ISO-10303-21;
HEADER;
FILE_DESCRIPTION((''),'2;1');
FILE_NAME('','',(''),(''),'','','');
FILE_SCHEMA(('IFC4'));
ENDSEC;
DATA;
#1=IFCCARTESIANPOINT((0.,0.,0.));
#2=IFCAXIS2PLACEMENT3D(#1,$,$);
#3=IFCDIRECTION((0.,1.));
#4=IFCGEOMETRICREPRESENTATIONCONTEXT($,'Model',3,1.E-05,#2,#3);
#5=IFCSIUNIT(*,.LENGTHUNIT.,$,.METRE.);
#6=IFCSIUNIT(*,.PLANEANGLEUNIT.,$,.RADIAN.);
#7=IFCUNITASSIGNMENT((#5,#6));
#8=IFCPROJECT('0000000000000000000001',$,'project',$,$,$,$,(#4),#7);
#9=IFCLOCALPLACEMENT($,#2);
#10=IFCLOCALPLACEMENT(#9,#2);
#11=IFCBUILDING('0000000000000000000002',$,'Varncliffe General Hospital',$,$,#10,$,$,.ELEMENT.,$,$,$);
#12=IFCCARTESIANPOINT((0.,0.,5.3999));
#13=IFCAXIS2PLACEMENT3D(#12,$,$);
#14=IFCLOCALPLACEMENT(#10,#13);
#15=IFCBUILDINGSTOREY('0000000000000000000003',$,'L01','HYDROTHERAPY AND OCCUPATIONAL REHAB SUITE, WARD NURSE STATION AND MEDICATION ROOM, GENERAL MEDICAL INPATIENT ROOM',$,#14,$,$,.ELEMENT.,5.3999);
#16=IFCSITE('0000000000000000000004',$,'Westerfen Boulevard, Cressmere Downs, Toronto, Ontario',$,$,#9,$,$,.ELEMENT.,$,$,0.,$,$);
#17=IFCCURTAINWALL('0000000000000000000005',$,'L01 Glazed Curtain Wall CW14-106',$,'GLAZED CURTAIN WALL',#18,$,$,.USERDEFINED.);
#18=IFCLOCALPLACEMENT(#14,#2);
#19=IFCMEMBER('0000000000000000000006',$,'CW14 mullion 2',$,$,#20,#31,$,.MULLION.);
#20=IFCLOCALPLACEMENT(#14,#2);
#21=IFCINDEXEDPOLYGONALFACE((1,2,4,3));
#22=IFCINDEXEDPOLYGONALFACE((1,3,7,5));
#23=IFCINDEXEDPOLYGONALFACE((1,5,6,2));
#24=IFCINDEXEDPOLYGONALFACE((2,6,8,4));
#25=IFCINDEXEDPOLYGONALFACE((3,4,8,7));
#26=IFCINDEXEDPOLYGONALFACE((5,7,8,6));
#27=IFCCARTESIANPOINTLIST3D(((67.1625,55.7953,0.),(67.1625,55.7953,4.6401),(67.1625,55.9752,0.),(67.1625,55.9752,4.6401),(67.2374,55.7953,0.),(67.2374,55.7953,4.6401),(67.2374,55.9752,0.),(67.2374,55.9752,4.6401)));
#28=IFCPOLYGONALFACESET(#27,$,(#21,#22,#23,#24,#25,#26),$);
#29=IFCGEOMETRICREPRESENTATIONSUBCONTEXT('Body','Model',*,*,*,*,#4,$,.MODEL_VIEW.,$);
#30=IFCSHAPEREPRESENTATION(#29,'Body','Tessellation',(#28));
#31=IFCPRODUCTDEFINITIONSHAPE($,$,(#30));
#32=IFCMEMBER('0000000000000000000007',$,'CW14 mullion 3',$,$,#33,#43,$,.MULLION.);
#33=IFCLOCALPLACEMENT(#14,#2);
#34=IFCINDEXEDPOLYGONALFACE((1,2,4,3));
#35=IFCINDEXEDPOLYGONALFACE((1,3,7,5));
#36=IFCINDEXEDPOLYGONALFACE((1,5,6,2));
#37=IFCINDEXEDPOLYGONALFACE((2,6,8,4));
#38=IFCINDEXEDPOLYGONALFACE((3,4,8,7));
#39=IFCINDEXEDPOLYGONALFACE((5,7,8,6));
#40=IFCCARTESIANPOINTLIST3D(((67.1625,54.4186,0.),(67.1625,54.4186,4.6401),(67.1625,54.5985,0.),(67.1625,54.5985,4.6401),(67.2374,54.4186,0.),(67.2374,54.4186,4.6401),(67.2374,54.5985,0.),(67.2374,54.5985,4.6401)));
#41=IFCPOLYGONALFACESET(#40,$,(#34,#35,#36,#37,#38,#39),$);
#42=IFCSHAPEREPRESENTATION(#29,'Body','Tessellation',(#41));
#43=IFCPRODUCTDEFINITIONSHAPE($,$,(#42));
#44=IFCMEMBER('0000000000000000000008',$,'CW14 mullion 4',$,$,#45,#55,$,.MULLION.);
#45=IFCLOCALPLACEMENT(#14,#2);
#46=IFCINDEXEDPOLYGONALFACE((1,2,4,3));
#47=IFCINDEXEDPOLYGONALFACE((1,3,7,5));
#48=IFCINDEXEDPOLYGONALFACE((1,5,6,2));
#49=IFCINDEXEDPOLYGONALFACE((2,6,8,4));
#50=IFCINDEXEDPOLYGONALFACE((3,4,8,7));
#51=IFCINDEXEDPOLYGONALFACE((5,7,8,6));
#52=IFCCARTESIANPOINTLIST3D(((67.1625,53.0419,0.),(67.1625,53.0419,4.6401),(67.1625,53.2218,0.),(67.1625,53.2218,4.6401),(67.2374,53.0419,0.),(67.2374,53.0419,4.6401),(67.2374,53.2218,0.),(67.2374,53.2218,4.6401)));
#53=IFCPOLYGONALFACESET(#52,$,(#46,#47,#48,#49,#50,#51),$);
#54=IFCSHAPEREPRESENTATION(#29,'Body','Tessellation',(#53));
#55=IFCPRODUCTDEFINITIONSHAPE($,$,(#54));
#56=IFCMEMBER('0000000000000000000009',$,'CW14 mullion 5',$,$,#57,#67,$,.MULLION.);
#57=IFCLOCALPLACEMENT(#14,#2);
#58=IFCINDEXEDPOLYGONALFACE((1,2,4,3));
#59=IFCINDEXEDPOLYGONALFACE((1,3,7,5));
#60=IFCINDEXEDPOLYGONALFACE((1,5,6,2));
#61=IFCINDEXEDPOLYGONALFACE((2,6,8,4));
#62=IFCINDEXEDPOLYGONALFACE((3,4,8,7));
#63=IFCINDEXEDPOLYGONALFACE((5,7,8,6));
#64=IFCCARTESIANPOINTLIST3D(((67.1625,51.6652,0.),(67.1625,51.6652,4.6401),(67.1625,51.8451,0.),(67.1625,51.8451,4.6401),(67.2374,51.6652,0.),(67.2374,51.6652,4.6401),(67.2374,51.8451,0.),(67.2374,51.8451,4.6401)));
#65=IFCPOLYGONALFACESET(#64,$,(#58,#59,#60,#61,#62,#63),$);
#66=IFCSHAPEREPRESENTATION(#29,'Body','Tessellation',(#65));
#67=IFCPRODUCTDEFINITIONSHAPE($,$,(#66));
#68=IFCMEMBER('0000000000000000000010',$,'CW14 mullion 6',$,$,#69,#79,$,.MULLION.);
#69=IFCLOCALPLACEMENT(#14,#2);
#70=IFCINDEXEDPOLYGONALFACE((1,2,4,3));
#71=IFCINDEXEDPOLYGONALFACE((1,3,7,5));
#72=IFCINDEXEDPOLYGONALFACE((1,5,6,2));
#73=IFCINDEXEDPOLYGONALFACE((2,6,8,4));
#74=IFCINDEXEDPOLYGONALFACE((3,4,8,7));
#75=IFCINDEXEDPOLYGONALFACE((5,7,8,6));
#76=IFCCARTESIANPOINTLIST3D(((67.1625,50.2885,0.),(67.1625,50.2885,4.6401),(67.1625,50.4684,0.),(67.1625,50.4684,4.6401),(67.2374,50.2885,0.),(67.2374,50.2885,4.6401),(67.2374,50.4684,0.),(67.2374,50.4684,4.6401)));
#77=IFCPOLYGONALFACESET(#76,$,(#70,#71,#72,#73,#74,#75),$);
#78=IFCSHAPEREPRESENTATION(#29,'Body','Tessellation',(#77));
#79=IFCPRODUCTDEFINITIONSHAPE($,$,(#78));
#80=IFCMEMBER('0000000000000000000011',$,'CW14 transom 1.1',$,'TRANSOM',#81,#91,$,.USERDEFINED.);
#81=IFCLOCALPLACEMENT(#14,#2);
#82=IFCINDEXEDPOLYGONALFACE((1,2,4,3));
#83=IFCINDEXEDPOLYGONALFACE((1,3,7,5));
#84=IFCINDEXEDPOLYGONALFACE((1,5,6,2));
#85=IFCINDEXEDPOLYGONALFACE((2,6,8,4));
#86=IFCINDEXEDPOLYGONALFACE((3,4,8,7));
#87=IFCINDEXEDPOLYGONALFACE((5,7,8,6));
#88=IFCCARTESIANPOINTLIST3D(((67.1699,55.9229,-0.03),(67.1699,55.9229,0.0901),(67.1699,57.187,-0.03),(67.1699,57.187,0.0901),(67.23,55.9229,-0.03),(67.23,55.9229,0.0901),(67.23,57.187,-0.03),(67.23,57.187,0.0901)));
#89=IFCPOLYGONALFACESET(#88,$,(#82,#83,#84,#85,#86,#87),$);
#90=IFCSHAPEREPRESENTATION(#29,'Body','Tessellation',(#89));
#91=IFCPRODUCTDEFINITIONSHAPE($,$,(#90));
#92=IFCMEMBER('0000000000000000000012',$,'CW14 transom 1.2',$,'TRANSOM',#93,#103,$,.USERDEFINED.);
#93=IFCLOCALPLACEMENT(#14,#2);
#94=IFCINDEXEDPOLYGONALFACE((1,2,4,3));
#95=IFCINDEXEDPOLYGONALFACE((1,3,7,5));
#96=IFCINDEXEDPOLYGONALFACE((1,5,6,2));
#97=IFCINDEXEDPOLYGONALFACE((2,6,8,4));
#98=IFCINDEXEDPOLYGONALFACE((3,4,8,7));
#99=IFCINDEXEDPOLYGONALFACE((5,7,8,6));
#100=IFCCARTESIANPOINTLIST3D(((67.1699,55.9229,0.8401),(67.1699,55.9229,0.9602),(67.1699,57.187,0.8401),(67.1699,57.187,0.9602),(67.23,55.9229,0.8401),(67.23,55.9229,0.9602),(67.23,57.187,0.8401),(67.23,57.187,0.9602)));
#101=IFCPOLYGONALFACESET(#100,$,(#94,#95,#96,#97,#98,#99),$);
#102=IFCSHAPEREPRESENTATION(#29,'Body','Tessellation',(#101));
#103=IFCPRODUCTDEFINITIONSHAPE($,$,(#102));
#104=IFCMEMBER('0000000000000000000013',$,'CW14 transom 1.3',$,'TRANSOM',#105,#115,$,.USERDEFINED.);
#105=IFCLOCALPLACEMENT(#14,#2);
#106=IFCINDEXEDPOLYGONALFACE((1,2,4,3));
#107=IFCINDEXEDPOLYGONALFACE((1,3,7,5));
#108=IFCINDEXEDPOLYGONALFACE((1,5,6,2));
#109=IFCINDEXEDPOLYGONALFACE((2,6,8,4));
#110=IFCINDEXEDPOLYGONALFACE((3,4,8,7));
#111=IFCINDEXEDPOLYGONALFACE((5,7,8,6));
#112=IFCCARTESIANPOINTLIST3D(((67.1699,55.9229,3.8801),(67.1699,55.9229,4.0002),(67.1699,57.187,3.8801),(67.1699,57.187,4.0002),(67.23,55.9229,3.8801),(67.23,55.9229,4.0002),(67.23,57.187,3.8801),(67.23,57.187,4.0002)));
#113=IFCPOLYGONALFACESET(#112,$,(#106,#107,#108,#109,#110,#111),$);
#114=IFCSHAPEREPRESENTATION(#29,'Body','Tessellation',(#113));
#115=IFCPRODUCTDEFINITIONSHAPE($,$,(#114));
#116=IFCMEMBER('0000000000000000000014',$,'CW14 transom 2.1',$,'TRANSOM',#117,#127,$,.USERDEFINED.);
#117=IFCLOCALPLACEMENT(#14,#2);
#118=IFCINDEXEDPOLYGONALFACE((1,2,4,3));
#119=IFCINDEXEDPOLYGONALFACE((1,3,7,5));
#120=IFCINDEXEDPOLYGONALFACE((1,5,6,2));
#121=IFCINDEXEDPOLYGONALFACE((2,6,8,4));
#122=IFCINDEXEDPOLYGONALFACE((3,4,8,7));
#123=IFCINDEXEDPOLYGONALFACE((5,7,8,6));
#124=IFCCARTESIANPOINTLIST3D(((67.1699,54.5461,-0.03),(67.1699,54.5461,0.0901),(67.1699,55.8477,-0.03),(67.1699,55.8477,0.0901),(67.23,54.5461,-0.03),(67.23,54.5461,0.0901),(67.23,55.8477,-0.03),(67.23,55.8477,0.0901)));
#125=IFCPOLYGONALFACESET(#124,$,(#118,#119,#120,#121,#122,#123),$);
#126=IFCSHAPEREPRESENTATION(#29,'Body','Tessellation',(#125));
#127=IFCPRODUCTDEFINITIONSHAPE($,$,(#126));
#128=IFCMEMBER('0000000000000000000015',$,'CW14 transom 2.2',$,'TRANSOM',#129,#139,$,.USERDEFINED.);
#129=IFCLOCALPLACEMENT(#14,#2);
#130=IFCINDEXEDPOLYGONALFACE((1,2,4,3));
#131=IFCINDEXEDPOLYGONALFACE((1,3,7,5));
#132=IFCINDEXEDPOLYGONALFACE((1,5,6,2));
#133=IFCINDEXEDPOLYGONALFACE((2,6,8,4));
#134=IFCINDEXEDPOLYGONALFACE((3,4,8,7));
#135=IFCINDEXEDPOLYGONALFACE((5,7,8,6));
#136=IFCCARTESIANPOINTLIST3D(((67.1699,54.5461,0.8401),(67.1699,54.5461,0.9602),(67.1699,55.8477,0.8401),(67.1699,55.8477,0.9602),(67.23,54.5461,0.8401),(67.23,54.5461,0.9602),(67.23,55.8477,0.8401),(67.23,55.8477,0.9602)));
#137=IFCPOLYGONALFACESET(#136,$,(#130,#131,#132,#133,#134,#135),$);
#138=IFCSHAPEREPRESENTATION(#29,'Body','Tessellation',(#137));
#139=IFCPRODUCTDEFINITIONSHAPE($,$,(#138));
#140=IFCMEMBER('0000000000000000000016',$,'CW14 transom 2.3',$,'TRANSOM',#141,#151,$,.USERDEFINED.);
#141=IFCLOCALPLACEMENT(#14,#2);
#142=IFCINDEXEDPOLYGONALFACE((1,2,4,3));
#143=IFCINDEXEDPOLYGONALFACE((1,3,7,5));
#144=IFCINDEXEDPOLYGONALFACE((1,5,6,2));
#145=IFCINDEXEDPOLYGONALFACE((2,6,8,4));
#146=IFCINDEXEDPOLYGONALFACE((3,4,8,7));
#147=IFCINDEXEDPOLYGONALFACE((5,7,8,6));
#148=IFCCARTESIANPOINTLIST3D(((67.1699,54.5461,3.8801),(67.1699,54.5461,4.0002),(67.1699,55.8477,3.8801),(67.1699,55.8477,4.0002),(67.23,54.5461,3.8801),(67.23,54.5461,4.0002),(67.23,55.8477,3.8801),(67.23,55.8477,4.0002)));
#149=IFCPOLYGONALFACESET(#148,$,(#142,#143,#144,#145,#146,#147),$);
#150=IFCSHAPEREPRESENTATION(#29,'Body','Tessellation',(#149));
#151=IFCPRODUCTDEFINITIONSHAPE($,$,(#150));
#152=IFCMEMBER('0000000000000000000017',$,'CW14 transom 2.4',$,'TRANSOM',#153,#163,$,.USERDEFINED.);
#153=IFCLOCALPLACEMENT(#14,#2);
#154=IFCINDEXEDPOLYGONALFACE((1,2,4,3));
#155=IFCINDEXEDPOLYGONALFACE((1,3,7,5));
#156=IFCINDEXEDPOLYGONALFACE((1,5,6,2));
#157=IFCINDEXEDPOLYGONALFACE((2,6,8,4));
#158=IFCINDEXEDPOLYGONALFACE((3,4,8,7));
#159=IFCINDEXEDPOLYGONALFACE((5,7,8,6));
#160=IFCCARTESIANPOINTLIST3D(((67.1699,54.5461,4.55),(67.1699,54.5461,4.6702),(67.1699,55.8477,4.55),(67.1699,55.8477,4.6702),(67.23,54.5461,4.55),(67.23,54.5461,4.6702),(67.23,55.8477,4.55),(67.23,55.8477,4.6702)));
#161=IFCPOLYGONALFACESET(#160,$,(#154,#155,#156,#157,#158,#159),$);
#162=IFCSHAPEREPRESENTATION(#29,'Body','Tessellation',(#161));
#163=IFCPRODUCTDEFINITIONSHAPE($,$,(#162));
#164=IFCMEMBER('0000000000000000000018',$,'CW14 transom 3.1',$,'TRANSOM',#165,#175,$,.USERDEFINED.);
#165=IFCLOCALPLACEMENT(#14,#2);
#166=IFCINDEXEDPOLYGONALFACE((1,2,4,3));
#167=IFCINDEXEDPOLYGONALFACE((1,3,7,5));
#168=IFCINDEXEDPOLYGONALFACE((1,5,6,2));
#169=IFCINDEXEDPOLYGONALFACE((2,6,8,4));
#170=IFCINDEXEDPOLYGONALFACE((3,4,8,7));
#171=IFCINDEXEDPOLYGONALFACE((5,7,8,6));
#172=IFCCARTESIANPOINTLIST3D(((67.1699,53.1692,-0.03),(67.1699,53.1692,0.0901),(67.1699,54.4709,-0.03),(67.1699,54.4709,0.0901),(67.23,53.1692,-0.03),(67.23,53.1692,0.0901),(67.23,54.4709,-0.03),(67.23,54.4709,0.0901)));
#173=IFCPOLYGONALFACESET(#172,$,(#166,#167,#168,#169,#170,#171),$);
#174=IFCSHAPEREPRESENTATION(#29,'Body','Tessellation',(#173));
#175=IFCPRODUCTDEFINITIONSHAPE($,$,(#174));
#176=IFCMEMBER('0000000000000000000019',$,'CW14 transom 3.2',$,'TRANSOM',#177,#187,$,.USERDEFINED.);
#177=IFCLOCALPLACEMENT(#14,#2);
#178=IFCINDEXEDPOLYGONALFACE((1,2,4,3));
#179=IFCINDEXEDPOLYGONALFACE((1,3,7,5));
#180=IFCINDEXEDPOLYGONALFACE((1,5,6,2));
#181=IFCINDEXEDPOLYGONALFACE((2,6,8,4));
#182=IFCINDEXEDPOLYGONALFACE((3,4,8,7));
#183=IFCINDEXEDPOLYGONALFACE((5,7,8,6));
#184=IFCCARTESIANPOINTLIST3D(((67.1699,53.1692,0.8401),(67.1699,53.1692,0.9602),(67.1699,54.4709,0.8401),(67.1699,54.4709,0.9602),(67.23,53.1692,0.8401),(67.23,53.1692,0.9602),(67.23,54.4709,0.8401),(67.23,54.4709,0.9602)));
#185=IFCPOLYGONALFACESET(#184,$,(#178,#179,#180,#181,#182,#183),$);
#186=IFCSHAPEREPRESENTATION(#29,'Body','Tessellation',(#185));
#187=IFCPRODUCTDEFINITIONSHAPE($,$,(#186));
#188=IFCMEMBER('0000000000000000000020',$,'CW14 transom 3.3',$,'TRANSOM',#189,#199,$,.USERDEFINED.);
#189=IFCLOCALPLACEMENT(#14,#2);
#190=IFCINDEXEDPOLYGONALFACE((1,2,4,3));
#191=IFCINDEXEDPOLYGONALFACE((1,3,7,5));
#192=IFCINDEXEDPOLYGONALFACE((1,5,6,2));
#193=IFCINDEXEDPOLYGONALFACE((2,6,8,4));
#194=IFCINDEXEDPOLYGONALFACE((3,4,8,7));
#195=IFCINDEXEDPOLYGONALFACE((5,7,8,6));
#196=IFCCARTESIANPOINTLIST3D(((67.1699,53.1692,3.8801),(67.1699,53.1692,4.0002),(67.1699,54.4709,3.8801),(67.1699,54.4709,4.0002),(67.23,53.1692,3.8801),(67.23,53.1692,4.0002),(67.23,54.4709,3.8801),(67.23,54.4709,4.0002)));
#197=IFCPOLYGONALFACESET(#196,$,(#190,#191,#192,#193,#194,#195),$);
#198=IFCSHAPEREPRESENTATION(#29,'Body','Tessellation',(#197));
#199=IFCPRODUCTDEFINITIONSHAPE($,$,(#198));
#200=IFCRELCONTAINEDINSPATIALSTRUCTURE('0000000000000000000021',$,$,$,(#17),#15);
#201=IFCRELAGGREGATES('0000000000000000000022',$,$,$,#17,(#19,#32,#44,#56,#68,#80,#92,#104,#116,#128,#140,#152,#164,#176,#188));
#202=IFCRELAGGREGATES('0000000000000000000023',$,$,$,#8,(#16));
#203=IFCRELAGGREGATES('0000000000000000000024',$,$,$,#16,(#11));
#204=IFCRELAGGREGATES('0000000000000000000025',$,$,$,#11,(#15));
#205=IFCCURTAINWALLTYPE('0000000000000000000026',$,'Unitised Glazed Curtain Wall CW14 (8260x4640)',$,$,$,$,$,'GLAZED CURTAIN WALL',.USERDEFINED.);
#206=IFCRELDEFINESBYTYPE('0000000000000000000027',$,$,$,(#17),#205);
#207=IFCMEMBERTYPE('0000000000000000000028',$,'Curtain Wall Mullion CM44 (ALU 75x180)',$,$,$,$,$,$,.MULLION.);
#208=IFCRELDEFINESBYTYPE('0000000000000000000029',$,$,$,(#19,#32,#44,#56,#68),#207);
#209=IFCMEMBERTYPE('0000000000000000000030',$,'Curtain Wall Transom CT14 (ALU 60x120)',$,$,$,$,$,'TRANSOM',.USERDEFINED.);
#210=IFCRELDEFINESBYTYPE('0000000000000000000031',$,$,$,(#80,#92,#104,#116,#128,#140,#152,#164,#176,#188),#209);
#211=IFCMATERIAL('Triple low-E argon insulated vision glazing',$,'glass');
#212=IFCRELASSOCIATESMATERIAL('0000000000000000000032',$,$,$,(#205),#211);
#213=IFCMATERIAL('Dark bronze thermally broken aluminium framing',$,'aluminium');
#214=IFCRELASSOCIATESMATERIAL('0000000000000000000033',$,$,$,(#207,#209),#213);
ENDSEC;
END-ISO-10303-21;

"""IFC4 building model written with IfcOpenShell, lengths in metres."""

from ifc_helpers import new_model, si_unit, direction, frame, origin, origin_2d, place, context, subcontext, project, spatial, rectangle, extrude, material, material_profile, profile_set, type_object, element, aggregate, save


model = new_model("IFC4")

# Units and contexts
model_context = context("Model", 3, precision=1e-05, world=origin(), true_north=direction((0.0, 1.0)))
body_context = subcontext(model_context, "Body", "Model", "MODEL_VIEW")
ifc_project = project(units=[si_unit("LENGTHUNIT", "METRE"), si_unit("PLANEANGLEUNIT", "RADIAN")], contexts=[model_context])

# Site, building, storey
site_placement = place(None, origin())
site = spatial("IfcSite", under=ifc_project, at=site_placement, Name="Westerfen Boulevard, Cressmere Downs, Toronto, Ontario", CompositionType="ELEMENT", RefElevation=0.0)
building_placement = place(site_placement, origin())
building = spatial("IfcBuilding", under=site, at=building_placement, Name="Varncliffe General Hospital", CompositionType="ELEMENT")
storey_placement = place(building_placement, frame((0.0, 0.0, 5.3999)))
storey = spatial("IfcBuildingStorey", under=building, at=storey_placement, Name="L01", Description="HYDROTHERAPY AND OCCUPATIONAL REHAB SUITE, WARD NURSE STATION AND MEDICATION ROOM, GENERAL MEDICAL INPATIENT ROOM", CompositionType="ELEMENT", Elevation=5.3999)

# Curtain wall, members
ifc_material_1 = material(Name="Triple low-E argon insulated vision glazing", Category="glass")
curtain_wall_type = type_object("IfcCurtainWallType", Name="Unitised Glazed Curtain Wall CW14 (8260x4640)", ElementType="GLAZED CURTAIN WALL", PredefinedType="USERDEFINED", material=ifc_material_1)
curtain_wall_placement = place(storey_placement, origin())
curtain_wall = element("IfcCurtainWall", 1, at=curtain_wall_placement, inside=storey, type_object=curtain_wall_type, Name="L01 Glazed Curtain Wall CW14-106", ObjectType="GLAZED CURTAIN WALL", PredefinedType="USERDEFINED")
ifc_material_2 = material(Name="Dark bronze thermally broken aluminium framing", Category="aluminium")
ifc_material_profile_1 = material_profile(ifc_material_2, rectangle(XDim=0.075, YDim=0.1799, at=origin_2d()), Name="ALU 75x180")
ifc_profile_set_1 = profile_set([ifc_material_profile_1], Name="Dark bronze thermally broken aluminium framing")
member_type_1 = type_object("IfcMemberType", Name="Curtain Wall Mullion CM44 (ALU 75x180)", PredefinedType="MULLION", material=ifc_profile_set_1)
member_1_placement = place(storey_placement, frame((67.2, 55.8853, 0.0), z_axis=(0.0, 0.0, 1.0), x_axis=(1.0, 0.0, 0.0)))
member_1 = element("IfcMember", 2, at=member_1_placement, type_object=member_type_1, Name="CW14 mullion 2", PredefinedType="MULLION", context=body_context, shape_type="SweptSolid", body=[
    extrude(rectangle(XDim=0.075, YDim=0.1799, at=origin_2d()), origin(), (0.0, 0.0, 1.0), 4.6401),
])
member_2_placement = place(storey_placement, frame((67.2, 54.5085, 0.0), z_axis=(0.0, 0.0, 1.0), x_axis=(1.0, 0.0, 0.0)))
member_2 = element("IfcMember", 3, at=member_2_placement, type_object=member_type_1, Name="CW14 mullion 3", PredefinedType="MULLION", context=body_context, shape_type="SweptSolid", body=[
    extrude(rectangle(XDim=0.075, YDim=0.1799, at=origin_2d()), origin(), (0.0, 0.0, 1.0), 4.6401),
])
member_3_placement = place(storey_placement, frame((67.2, 53.1318, 0.0), z_axis=(0.0, 0.0, 1.0), x_axis=(1.0, 0.0, 0.0)))
member_3 = element("IfcMember", 4, at=member_3_placement, type_object=member_type_1, Name="CW14 mullion 4", PredefinedType="MULLION", context=body_context, shape_type="SweptSolid", body=[
    extrude(rectangle(XDim=0.075, YDim=0.1799, at=origin_2d()), origin(), (0.0, 0.0, 1.0), 4.6401),
])
member_4_placement = place(storey_placement, frame((67.2, 51.7551, 0.0), z_axis=(0.0, 0.0, 1.0), x_axis=(1.0, 0.0, 0.0)))
member_4 = element("IfcMember", 5, at=member_4_placement, type_object=member_type_1, Name="CW14 mullion 5", PredefinedType="MULLION", context=body_context, shape_type="SweptSolid", body=[
    extrude(rectangle(XDim=0.075, YDim=0.1799, at=origin_2d()), origin(), (0.0, 0.0, 1.0), 4.6401),
])
member_5_placement = place(storey_placement, frame((67.2, 50.3784, 0.0), z_axis=(0.0, 0.0, 1.0), x_axis=(1.0, 0.0, 0.0)))
member_5 = element("IfcMember", 6, at=member_5_placement, type_object=member_type_1, Name="CW14 mullion 6", PredefinedType="MULLION", context=body_context, shape_type="SweptSolid", body=[
    extrude(rectangle(XDim=0.075, YDim=0.1799, at=origin_2d()), origin(), (0.0, 0.0, 1.0), 4.6401),
])
ifc_material_profile_2 = material_profile(ifc_material_2, rectangle(XDim=0.0601, YDim=0.1201, at=origin_2d()), Name="ALU 60x120")
ifc_profile_set_2 = profile_set([ifc_material_profile_2], Name="Dark bronze thermally broken aluminium framing")
member_type_2 = type_object("IfcMemberType", Name="Curtain Wall Transom CT14 (ALU 60x120)", ElementType="TRANSOM", PredefinedType="USERDEFINED", material=ifc_profile_set_2)
member_6_placement = place(storey_placement, frame((67.2, 57.187, 0.03), z_axis=(0.0, -1.0, 0.0), x_axis=(1.0, 0.0, 0.0)))
member_6 = element("IfcMember", 7, at=member_6_placement, type_object=member_type_2, Name="CW14 transom 1.1", ObjectType="TRANSOM", PredefinedType="USERDEFINED", context=body_context, shape_type="SweptSolid", body=[
    extrude(rectangle(XDim=0.0601, YDim=0.1201, at=origin_2d()), origin(), (0.0, 0.0, 1.0), 1.2642),
])
member_7_placement = place(storey_placement, frame((67.2, 57.187, 0.9001), z_axis=(0.0, -1.0, 0.0), x_axis=(1.0, 0.0, 0.0)))
member_7 = element("IfcMember", 8, at=member_7_placement, type_object=member_type_2, Name="CW14 transom 1.2", ObjectType="TRANSOM", PredefinedType="USERDEFINED", context=body_context, shape_type="SweptSolid", body=[
    extrude(rectangle(XDim=0.0601, YDim=0.1201, at=origin_2d()), origin(), (0.0, 0.0, 1.0), 1.2642),
])
member_8_placement = place(storey_placement, frame((67.2, 57.187, 3.9402), z_axis=(0.0, -1.0, 0.0), x_axis=(1.0, 0.0, 0.0)))
member_8 = element("IfcMember", 9, at=member_8_placement, type_object=member_type_2, Name="CW14 transom 1.3", ObjectType="TRANSOM", PredefinedType="USERDEFINED", context=body_context, shape_type="SweptSolid", body=[
    extrude(rectangle(XDim=0.0601, YDim=0.1201, at=origin_2d()), origin(), (0.0, 0.0, 1.0), 1.2642),
])
member_9_placement = place(storey_placement, frame((67.2, 55.8477, 0.03), z_axis=(0.0, -1.0, 0.0), x_axis=(1.0, 0.0, 0.0)))
member_9 = element("IfcMember", 10, at=member_9_placement, type_object=member_type_2, Name="CW14 transom 2.1", ObjectType="TRANSOM", PredefinedType="USERDEFINED", context=body_context, shape_type="SweptSolid", body=[
    extrude(rectangle(XDim=0.0601, YDim=0.1201, at=origin_2d()), origin(), (0.0, 0.0, 1.0), 1.3015),
])
member_10_placement = place(storey_placement, frame((67.2, 55.8477, 0.9001), z_axis=(0.0, -1.0, 0.0), x_axis=(1.0, 0.0, 0.0)))
member_10 = element("IfcMember", 11, at=member_10_placement, type_object=member_type_2, Name="CW14 transom 2.2", ObjectType="TRANSOM", PredefinedType="USERDEFINED", context=body_context, shape_type="SweptSolid", body=[
    extrude(rectangle(XDim=0.0601, YDim=0.1201, at=origin_2d()), origin(), (0.0, 0.0, 1.0), 1.3015),
])
member_11_placement = place(storey_placement, frame((67.2, 55.8477, 3.9402), z_axis=(0.0, -1.0, 0.0), x_axis=(1.0, 0.0, 0.0)))
member_11 = element("IfcMember", 12, at=member_11_placement, type_object=member_type_2, Name="CW14 transom 2.3", ObjectType="TRANSOM", PredefinedType="USERDEFINED", context=body_context, shape_type="SweptSolid", body=[
    extrude(rectangle(XDim=0.0601, YDim=0.1201, at=origin_2d()), origin(), (0.0, 0.0, 1.0), 1.3015),
])
member_12_placement = place(storey_placement, frame((67.2, 55.8477, 4.6101), z_axis=(0.0, -1.0, 0.0), x_axis=(1.0, 0.0, 0.0)))
member_12 = element("IfcMember", 13, at=member_12_placement, type_object=member_type_2, Name="CW14 transom 2.4", ObjectType="TRANSOM", PredefinedType="USERDEFINED", context=body_context, shape_type="SweptSolid", body=[
    extrude(rectangle(XDim=0.0601, YDim=0.1201, at=origin_2d()), origin(), (0.0, 0.0, 1.0), 1.3015),
])
member_13_placement = place(storey_placement, frame((67.2, 54.4709, 0.03), z_axis=(0.0, -1.0, 0.0), x_axis=(1.0, 0.0, 0.0)))
member_13 = element("IfcMember", 14, at=member_13_placement, type_object=member_type_2, Name="CW14 transom 3.1", ObjectType="TRANSOM", PredefinedType="USERDEFINED", context=body_context, shape_type="SweptSolid", body=[
    extrude(rectangle(XDim=0.0601, YDim=0.1201, at=origin_2d()), origin(), (0.0, 0.0, 1.0), 1.3018),
])
member_14_placement = place(storey_placement, frame((67.2, 54.4709, 0.9001), z_axis=(0.0, -1.0, 0.0), x_axis=(1.0, 0.0, 0.0)))
member_14 = element("IfcMember", 15, at=member_14_placement, type_object=member_type_2, Name="CW14 transom 3.2", ObjectType="TRANSOM", PredefinedType="USERDEFINED", context=body_context, shape_type="SweptSolid", body=[
    extrude(rectangle(XDim=0.0601, YDim=0.1201, at=origin_2d()), origin(), (0.0, 0.0, 1.0), 1.3018),
])
member_15_placement = place(storey_placement, frame((67.2, 54.4709, 3.9402), z_axis=(0.0, -1.0, 0.0), x_axis=(1.0, 0.0, 0.0)))
member_15 = element("IfcMember", 16, at=member_15_placement, type_object=member_type_2, Name="CW14 transom 3.3", ObjectType="TRANSOM", PredefinedType="USERDEFINED", context=body_context, shape_type="SweptSolid", body=[
    extrude(rectangle(XDim=0.0601, YDim=0.1201, at=origin_2d()), origin(), (0.0, 0.0, 1.0), 1.3018),
])
aggregate(curtain_wall, [member_1, member_2, member_3, member_4, member_5, member_6, member_7, member_8, member_9, member_10, member_11, member_12, member_13, member_14, member_15])

save(model, "model.ifc")
